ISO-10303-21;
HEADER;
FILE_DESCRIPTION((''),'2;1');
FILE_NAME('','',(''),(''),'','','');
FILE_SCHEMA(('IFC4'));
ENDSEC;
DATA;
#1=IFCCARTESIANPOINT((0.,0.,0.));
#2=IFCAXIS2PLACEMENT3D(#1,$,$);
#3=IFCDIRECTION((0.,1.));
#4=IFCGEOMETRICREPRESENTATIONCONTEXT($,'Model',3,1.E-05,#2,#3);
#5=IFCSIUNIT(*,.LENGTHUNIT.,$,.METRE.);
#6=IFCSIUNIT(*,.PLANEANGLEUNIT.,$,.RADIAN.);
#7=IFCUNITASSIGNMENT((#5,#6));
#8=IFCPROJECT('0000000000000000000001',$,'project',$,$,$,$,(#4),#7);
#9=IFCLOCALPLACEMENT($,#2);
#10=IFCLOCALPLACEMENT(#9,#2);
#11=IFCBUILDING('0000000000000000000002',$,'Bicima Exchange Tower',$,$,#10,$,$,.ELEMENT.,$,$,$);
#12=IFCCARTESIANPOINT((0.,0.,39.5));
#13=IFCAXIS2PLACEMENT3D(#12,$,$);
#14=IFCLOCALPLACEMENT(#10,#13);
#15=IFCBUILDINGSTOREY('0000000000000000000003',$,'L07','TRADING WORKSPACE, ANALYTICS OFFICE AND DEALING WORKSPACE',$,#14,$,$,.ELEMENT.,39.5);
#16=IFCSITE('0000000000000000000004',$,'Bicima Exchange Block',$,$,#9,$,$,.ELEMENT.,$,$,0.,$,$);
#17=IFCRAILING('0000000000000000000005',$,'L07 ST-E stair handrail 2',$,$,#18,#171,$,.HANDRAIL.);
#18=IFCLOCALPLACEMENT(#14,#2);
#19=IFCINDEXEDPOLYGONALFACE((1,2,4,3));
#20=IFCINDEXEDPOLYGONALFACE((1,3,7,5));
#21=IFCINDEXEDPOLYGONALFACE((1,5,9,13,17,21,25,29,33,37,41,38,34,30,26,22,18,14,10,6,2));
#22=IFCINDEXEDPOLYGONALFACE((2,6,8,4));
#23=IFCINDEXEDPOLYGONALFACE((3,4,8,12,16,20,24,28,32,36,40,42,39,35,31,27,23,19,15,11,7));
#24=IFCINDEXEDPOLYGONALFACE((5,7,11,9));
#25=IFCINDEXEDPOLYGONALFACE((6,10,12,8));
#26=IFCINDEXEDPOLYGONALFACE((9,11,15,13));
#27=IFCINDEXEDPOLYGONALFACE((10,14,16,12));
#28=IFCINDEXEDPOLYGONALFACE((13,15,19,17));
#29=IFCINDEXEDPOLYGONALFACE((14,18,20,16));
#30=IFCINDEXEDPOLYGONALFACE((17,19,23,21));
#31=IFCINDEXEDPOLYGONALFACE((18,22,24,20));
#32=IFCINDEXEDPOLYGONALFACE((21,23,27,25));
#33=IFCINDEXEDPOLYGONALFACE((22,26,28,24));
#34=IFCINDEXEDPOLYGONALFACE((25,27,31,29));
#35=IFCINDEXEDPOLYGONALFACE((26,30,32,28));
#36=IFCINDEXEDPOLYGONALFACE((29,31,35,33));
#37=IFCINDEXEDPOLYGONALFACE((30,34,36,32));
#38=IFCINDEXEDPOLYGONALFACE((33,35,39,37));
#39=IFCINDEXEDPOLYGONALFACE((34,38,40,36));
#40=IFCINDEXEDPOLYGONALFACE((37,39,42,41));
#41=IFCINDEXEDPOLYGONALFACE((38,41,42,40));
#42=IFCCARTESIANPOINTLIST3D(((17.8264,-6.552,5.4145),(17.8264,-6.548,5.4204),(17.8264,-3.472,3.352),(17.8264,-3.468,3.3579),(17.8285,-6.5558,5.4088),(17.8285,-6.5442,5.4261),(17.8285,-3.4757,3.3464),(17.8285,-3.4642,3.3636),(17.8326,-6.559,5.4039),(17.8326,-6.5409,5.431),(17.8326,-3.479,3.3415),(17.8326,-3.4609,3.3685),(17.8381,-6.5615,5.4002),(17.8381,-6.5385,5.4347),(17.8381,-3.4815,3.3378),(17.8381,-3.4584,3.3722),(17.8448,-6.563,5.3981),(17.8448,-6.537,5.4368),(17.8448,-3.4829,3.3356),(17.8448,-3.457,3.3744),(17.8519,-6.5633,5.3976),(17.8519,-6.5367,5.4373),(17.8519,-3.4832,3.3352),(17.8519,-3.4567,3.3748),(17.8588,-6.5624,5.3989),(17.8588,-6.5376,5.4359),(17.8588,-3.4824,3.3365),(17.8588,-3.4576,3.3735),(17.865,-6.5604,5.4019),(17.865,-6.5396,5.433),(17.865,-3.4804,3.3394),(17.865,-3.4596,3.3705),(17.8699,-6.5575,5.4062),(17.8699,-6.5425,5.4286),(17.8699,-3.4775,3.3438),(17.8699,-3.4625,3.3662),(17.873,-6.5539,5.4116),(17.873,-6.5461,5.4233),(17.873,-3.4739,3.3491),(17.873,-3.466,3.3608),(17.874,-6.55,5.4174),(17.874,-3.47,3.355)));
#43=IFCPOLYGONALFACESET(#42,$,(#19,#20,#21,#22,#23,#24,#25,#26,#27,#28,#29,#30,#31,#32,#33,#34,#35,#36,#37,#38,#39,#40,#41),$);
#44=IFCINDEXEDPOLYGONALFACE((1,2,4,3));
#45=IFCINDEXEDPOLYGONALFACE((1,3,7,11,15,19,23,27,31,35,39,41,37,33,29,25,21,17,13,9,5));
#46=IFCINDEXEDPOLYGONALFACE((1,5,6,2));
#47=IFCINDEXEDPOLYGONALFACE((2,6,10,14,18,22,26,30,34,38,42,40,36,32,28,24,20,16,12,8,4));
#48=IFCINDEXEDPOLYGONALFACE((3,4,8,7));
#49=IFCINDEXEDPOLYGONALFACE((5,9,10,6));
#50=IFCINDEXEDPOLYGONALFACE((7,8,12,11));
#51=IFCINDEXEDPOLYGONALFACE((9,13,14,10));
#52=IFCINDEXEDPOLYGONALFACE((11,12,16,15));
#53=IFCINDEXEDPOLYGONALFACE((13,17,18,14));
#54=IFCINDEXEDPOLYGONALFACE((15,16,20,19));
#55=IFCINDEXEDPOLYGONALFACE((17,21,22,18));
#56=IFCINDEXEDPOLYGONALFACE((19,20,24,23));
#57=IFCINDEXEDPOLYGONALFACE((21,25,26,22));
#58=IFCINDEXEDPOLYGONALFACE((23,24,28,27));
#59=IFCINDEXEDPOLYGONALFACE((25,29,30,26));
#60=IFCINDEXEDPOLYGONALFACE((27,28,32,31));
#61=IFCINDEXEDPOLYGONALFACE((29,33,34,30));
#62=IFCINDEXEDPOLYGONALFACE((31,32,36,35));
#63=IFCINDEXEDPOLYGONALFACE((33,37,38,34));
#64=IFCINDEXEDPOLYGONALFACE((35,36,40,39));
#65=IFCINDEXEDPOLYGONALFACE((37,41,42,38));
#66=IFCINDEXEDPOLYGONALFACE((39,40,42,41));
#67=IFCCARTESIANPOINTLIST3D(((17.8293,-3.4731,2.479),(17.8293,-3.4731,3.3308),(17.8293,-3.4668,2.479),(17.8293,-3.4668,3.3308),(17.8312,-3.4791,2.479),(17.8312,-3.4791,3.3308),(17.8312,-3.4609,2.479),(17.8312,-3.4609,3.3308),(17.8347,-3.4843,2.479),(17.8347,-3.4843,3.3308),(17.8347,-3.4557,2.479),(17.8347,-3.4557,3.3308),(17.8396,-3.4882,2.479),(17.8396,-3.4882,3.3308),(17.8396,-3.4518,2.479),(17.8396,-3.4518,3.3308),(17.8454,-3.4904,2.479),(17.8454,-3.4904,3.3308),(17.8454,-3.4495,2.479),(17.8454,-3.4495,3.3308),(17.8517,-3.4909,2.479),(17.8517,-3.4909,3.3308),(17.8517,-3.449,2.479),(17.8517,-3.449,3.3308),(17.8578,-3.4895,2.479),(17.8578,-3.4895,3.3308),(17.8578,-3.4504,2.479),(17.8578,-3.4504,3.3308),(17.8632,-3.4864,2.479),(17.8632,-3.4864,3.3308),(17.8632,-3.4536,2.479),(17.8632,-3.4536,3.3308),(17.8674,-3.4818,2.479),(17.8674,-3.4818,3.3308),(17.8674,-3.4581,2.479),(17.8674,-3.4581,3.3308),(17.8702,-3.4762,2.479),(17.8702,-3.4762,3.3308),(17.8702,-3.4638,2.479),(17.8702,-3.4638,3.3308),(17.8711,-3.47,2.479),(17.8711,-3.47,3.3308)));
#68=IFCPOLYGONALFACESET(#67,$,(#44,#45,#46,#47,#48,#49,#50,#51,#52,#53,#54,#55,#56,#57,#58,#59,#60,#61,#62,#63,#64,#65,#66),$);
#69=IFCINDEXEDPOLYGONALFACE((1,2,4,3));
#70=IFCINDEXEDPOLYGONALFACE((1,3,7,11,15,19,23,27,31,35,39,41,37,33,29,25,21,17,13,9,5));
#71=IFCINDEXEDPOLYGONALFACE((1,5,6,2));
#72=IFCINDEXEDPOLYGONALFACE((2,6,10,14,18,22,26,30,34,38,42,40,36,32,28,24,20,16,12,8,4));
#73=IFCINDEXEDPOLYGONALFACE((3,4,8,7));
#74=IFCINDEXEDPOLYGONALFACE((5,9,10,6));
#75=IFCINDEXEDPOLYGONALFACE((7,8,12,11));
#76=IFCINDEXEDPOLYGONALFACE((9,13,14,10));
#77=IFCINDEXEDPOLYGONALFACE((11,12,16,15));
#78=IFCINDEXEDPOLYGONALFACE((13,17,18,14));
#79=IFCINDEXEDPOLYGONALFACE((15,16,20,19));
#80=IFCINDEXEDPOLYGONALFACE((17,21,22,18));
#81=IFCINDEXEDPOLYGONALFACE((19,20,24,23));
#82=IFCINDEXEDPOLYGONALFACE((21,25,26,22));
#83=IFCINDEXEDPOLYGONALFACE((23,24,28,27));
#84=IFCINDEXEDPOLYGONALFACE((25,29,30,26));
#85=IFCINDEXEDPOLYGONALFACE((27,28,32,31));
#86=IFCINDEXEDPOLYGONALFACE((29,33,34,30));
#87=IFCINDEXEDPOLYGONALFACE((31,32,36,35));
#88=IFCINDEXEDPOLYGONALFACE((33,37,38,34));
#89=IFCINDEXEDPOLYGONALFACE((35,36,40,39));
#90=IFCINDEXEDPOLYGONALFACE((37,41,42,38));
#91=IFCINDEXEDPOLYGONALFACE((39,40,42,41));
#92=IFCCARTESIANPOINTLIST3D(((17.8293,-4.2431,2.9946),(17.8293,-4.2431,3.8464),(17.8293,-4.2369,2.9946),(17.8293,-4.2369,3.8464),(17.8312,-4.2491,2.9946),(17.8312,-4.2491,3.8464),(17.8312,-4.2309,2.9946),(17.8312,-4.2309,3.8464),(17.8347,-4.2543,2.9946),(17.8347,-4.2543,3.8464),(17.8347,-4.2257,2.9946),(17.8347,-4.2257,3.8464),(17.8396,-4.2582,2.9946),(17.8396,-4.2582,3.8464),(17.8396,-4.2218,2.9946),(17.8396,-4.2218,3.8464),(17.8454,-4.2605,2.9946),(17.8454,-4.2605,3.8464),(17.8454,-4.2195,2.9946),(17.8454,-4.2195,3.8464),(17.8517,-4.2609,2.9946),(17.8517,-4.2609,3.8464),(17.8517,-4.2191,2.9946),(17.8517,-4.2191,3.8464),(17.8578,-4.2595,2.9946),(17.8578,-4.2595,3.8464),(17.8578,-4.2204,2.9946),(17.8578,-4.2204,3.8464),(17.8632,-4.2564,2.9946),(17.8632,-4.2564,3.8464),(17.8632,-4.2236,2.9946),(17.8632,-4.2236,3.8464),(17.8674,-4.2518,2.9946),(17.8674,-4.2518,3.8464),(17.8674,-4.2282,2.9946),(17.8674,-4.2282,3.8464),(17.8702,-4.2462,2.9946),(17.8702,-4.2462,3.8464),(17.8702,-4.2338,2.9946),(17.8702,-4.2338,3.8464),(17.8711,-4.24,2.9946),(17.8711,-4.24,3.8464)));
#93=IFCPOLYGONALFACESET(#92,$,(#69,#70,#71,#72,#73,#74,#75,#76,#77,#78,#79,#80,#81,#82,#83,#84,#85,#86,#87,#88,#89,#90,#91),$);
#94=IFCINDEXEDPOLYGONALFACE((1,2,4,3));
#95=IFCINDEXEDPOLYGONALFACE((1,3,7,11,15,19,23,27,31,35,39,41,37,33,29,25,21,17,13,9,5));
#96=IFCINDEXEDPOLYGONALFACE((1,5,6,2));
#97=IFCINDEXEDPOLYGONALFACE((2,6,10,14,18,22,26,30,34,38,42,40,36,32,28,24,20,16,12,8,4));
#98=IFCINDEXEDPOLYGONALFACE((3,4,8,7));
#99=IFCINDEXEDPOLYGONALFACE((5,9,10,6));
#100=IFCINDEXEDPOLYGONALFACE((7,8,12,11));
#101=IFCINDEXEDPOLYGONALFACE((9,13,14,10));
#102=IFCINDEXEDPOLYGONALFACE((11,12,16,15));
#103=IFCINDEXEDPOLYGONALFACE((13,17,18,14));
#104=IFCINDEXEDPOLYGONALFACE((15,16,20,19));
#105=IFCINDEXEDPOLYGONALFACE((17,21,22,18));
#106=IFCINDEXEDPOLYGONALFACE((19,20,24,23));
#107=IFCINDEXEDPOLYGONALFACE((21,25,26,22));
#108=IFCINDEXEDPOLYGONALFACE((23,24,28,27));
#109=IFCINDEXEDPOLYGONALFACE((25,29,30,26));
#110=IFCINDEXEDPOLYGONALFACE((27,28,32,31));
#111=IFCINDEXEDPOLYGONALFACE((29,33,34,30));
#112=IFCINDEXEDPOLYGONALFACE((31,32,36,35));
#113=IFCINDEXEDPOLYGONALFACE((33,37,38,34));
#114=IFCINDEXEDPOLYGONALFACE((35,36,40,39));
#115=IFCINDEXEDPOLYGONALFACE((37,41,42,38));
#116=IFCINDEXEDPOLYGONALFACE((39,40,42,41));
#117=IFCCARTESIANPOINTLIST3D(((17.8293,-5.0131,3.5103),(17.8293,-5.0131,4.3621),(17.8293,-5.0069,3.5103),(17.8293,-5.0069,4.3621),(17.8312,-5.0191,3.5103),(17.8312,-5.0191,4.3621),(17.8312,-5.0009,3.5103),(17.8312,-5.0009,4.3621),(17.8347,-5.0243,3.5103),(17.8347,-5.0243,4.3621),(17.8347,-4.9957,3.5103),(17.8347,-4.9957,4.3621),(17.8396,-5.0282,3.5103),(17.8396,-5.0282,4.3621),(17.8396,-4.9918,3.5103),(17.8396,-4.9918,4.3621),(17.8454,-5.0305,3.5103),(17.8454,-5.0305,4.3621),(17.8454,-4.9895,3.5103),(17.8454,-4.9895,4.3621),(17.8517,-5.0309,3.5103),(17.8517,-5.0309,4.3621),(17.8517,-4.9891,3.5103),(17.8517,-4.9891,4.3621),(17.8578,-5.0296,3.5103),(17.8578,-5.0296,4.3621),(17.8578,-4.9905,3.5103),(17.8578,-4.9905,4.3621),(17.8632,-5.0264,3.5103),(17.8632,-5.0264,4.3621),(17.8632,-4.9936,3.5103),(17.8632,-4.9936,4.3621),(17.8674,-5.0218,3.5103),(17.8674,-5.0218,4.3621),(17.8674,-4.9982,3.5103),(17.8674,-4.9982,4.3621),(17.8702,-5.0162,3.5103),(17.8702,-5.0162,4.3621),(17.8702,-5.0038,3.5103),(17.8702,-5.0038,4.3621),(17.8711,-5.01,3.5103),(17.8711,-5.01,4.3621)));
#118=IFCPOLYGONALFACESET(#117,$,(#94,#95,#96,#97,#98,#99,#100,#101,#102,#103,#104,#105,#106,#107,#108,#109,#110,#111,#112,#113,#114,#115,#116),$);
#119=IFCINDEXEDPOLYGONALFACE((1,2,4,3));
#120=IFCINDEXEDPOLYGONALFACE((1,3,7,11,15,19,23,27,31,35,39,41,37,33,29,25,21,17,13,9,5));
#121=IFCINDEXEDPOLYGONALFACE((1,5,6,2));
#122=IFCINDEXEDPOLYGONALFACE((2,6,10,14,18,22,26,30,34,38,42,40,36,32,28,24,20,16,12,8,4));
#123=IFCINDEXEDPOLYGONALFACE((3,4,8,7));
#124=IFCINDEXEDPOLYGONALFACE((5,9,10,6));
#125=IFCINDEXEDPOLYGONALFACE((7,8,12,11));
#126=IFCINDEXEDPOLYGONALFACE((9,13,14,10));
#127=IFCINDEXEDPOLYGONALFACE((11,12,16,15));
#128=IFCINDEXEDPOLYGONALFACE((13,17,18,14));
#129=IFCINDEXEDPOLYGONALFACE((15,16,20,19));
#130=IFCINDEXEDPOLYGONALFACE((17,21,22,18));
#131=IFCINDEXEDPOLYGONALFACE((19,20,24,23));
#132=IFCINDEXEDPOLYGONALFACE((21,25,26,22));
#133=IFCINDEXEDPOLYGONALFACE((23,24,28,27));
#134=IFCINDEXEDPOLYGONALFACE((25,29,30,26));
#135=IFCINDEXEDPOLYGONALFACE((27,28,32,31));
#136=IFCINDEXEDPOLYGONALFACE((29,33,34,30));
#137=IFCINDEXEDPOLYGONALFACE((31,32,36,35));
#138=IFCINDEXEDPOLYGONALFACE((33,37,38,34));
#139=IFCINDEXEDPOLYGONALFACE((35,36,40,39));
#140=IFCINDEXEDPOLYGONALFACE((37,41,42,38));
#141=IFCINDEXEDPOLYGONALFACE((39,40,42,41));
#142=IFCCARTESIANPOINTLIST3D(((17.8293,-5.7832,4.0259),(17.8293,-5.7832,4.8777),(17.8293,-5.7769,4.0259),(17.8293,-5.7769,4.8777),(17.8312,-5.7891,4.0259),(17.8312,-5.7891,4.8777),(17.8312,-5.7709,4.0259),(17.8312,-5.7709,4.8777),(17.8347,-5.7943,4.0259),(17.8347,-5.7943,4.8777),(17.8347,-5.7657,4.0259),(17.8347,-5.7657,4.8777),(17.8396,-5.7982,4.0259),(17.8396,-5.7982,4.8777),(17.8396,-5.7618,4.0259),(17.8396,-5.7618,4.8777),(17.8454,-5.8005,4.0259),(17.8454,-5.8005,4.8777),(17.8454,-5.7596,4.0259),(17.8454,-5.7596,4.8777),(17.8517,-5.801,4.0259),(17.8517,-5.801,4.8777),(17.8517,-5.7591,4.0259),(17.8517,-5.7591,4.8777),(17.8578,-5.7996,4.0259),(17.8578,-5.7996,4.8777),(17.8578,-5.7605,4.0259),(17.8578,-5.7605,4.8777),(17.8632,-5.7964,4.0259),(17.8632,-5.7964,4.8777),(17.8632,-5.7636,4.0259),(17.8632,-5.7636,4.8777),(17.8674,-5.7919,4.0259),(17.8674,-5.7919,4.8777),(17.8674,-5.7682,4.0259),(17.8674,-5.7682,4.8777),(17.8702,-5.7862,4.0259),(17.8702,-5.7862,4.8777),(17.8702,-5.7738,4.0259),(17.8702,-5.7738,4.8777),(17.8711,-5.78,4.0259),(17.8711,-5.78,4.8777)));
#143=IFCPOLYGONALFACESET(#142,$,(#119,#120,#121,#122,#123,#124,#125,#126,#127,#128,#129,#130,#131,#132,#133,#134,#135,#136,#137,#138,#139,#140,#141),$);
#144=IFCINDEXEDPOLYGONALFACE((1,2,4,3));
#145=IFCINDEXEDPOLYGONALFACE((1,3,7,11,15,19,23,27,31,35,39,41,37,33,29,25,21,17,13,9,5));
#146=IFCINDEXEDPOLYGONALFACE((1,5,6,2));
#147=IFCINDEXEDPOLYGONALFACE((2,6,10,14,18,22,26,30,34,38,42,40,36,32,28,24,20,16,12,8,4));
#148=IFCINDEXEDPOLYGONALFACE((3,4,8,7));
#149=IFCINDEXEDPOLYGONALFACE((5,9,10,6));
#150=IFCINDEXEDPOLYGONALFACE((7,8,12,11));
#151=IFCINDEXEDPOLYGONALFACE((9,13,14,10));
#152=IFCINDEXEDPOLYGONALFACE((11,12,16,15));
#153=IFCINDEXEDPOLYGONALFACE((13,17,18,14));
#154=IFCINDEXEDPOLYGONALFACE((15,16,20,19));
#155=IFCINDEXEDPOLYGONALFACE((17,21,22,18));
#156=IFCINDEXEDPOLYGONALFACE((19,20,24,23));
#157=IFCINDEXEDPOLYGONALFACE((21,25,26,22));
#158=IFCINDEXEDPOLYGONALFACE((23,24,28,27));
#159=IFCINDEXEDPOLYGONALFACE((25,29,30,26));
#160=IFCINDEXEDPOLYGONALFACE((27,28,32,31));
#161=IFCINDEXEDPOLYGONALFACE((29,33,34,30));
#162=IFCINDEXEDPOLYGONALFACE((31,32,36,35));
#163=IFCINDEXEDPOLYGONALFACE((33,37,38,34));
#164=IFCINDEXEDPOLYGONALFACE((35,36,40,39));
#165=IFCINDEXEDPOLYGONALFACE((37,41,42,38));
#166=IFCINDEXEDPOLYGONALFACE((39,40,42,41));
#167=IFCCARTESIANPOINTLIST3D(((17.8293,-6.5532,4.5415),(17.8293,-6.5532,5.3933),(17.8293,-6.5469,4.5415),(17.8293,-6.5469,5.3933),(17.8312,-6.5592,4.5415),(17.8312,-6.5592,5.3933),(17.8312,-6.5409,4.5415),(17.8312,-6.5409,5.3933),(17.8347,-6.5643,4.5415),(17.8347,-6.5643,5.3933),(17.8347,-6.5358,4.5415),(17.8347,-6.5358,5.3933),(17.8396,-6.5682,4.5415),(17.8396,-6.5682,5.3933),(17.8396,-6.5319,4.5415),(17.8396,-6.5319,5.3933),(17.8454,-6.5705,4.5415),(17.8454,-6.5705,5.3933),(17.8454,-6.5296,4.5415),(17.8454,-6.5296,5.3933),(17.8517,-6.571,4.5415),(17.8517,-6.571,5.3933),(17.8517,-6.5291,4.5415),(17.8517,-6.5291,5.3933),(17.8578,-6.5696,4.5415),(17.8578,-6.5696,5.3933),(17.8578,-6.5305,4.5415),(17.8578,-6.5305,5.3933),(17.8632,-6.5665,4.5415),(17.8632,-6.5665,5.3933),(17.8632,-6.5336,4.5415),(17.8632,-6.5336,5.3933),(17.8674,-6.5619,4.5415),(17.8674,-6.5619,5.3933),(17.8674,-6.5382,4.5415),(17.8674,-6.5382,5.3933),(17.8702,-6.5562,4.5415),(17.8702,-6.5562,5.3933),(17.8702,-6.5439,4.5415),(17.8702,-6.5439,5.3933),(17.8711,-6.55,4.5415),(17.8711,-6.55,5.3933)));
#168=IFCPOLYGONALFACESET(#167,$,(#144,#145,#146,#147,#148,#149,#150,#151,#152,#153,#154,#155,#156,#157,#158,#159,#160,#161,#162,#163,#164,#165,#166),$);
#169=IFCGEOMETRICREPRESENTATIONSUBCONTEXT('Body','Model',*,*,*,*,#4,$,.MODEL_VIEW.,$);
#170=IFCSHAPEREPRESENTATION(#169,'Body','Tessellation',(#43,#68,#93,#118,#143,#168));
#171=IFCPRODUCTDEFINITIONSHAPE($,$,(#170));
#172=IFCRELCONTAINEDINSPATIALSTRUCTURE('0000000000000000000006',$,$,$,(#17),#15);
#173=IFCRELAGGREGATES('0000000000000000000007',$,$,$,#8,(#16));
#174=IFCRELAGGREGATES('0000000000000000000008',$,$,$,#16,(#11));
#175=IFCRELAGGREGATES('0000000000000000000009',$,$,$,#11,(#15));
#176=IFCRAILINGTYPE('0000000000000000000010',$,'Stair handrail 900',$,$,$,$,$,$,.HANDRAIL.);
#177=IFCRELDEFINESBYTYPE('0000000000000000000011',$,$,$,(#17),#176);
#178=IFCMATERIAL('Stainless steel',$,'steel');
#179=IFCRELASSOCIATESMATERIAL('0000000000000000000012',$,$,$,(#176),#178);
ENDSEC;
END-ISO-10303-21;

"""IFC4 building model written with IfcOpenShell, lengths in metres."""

from ifc_helpers import new_model, si_unit, direction, frame, origin, origin_2d, place, context, subcontext, project, spatial, circle, extrude, material, type_object, element, save


model = new_model("IFC4")

# Units and contexts
model_context = context("Model", 3, precision=1e-05, world=origin(), true_north=direction((0.0, 1.0)))
body_context = subcontext(model_context, "Body", "Model", "MODEL_VIEW")
ifc_project = project(units=[si_unit("LENGTHUNIT", "METRE"), si_unit("PLANEANGLEUNIT", "RADIAN")], contexts=[model_context])

# Site, building, storey
site_placement = place(None, origin())
site = spatial("IfcSite", under=ifc_project, at=site_placement, Name="Bicima Exchange Block", CompositionType="ELEMENT", RefElevation=0.0)
building_placement = place(site_placement, origin())
building = spatial("IfcBuilding", under=site, at=building_placement, Name="Bicima Exchange Tower", CompositionType="ELEMENT")
storey_placement = place(building_placement, frame((0.0, 0.0, 39.5)))
storey = spatial("IfcBuildingStorey", under=building, at=storey_placement, Name="L07", Description="TRADING WORKSPACE, ANALYTICS OFFICE AND DEALING WORKSPACE", CompositionType="ELEMENT", Elevation=39.5)

# Railing
ifc_material_1 = material(Name="Stainless steel", Category="steel")
railing_type = type_object("IfcRailingType", Name="Stair handrail 900", PredefinedType="HANDRAIL", material=ifc_material_1)
railing_placement = place(storey_placement, frame((17.8501, -3.47, 2.479)))
element("IfcRailing", 1, at=railing_placement, inside=storey, type_object=railing_type, Name="L07 ST-E stair handrail 2", PredefinedType="HANDRAIL", context=body_context, shape_type="SweptSolid", body=[
    extrude(circle(Radius=0.0239, at=origin_2d()), frame((0.0, 0.0, 0.876), z_axis=(0.0, -0.830914, 0.556401), x_axis=(1.0, 0.0, 0.0)), (0.0, 0.0, 1.0), 3.7068),
    extrude(circle(Radius=0.021, at=origin_2d()), origin(), (0.0, 0.0, 1.0), 0.8518),
    extrude(circle(Radius=0.021, at=origin_2d()), frame((0.0, -0.77, 0.5156)), (0.0, 0.0, 1.0), 0.8518),
    extrude(circle(Radius=0.021, at=origin_2d()), frame((0.0, -1.54, 1.0312)), (0.0, 0.0, 1.0), 0.8518),
    extrude(circle(Radius=0.021, at=origin_2d()), frame((0.0, -2.3101, 1.5469)), (0.0, 0.0, 1.0), 0.8518),
    extrude(circle(Radius=0.021, at=origin_2d()), frame((0.0, -3.0801, 2.0625)), (0.0, 0.0, 1.0), 0.8518),
])

save(model, "model.ifc")
